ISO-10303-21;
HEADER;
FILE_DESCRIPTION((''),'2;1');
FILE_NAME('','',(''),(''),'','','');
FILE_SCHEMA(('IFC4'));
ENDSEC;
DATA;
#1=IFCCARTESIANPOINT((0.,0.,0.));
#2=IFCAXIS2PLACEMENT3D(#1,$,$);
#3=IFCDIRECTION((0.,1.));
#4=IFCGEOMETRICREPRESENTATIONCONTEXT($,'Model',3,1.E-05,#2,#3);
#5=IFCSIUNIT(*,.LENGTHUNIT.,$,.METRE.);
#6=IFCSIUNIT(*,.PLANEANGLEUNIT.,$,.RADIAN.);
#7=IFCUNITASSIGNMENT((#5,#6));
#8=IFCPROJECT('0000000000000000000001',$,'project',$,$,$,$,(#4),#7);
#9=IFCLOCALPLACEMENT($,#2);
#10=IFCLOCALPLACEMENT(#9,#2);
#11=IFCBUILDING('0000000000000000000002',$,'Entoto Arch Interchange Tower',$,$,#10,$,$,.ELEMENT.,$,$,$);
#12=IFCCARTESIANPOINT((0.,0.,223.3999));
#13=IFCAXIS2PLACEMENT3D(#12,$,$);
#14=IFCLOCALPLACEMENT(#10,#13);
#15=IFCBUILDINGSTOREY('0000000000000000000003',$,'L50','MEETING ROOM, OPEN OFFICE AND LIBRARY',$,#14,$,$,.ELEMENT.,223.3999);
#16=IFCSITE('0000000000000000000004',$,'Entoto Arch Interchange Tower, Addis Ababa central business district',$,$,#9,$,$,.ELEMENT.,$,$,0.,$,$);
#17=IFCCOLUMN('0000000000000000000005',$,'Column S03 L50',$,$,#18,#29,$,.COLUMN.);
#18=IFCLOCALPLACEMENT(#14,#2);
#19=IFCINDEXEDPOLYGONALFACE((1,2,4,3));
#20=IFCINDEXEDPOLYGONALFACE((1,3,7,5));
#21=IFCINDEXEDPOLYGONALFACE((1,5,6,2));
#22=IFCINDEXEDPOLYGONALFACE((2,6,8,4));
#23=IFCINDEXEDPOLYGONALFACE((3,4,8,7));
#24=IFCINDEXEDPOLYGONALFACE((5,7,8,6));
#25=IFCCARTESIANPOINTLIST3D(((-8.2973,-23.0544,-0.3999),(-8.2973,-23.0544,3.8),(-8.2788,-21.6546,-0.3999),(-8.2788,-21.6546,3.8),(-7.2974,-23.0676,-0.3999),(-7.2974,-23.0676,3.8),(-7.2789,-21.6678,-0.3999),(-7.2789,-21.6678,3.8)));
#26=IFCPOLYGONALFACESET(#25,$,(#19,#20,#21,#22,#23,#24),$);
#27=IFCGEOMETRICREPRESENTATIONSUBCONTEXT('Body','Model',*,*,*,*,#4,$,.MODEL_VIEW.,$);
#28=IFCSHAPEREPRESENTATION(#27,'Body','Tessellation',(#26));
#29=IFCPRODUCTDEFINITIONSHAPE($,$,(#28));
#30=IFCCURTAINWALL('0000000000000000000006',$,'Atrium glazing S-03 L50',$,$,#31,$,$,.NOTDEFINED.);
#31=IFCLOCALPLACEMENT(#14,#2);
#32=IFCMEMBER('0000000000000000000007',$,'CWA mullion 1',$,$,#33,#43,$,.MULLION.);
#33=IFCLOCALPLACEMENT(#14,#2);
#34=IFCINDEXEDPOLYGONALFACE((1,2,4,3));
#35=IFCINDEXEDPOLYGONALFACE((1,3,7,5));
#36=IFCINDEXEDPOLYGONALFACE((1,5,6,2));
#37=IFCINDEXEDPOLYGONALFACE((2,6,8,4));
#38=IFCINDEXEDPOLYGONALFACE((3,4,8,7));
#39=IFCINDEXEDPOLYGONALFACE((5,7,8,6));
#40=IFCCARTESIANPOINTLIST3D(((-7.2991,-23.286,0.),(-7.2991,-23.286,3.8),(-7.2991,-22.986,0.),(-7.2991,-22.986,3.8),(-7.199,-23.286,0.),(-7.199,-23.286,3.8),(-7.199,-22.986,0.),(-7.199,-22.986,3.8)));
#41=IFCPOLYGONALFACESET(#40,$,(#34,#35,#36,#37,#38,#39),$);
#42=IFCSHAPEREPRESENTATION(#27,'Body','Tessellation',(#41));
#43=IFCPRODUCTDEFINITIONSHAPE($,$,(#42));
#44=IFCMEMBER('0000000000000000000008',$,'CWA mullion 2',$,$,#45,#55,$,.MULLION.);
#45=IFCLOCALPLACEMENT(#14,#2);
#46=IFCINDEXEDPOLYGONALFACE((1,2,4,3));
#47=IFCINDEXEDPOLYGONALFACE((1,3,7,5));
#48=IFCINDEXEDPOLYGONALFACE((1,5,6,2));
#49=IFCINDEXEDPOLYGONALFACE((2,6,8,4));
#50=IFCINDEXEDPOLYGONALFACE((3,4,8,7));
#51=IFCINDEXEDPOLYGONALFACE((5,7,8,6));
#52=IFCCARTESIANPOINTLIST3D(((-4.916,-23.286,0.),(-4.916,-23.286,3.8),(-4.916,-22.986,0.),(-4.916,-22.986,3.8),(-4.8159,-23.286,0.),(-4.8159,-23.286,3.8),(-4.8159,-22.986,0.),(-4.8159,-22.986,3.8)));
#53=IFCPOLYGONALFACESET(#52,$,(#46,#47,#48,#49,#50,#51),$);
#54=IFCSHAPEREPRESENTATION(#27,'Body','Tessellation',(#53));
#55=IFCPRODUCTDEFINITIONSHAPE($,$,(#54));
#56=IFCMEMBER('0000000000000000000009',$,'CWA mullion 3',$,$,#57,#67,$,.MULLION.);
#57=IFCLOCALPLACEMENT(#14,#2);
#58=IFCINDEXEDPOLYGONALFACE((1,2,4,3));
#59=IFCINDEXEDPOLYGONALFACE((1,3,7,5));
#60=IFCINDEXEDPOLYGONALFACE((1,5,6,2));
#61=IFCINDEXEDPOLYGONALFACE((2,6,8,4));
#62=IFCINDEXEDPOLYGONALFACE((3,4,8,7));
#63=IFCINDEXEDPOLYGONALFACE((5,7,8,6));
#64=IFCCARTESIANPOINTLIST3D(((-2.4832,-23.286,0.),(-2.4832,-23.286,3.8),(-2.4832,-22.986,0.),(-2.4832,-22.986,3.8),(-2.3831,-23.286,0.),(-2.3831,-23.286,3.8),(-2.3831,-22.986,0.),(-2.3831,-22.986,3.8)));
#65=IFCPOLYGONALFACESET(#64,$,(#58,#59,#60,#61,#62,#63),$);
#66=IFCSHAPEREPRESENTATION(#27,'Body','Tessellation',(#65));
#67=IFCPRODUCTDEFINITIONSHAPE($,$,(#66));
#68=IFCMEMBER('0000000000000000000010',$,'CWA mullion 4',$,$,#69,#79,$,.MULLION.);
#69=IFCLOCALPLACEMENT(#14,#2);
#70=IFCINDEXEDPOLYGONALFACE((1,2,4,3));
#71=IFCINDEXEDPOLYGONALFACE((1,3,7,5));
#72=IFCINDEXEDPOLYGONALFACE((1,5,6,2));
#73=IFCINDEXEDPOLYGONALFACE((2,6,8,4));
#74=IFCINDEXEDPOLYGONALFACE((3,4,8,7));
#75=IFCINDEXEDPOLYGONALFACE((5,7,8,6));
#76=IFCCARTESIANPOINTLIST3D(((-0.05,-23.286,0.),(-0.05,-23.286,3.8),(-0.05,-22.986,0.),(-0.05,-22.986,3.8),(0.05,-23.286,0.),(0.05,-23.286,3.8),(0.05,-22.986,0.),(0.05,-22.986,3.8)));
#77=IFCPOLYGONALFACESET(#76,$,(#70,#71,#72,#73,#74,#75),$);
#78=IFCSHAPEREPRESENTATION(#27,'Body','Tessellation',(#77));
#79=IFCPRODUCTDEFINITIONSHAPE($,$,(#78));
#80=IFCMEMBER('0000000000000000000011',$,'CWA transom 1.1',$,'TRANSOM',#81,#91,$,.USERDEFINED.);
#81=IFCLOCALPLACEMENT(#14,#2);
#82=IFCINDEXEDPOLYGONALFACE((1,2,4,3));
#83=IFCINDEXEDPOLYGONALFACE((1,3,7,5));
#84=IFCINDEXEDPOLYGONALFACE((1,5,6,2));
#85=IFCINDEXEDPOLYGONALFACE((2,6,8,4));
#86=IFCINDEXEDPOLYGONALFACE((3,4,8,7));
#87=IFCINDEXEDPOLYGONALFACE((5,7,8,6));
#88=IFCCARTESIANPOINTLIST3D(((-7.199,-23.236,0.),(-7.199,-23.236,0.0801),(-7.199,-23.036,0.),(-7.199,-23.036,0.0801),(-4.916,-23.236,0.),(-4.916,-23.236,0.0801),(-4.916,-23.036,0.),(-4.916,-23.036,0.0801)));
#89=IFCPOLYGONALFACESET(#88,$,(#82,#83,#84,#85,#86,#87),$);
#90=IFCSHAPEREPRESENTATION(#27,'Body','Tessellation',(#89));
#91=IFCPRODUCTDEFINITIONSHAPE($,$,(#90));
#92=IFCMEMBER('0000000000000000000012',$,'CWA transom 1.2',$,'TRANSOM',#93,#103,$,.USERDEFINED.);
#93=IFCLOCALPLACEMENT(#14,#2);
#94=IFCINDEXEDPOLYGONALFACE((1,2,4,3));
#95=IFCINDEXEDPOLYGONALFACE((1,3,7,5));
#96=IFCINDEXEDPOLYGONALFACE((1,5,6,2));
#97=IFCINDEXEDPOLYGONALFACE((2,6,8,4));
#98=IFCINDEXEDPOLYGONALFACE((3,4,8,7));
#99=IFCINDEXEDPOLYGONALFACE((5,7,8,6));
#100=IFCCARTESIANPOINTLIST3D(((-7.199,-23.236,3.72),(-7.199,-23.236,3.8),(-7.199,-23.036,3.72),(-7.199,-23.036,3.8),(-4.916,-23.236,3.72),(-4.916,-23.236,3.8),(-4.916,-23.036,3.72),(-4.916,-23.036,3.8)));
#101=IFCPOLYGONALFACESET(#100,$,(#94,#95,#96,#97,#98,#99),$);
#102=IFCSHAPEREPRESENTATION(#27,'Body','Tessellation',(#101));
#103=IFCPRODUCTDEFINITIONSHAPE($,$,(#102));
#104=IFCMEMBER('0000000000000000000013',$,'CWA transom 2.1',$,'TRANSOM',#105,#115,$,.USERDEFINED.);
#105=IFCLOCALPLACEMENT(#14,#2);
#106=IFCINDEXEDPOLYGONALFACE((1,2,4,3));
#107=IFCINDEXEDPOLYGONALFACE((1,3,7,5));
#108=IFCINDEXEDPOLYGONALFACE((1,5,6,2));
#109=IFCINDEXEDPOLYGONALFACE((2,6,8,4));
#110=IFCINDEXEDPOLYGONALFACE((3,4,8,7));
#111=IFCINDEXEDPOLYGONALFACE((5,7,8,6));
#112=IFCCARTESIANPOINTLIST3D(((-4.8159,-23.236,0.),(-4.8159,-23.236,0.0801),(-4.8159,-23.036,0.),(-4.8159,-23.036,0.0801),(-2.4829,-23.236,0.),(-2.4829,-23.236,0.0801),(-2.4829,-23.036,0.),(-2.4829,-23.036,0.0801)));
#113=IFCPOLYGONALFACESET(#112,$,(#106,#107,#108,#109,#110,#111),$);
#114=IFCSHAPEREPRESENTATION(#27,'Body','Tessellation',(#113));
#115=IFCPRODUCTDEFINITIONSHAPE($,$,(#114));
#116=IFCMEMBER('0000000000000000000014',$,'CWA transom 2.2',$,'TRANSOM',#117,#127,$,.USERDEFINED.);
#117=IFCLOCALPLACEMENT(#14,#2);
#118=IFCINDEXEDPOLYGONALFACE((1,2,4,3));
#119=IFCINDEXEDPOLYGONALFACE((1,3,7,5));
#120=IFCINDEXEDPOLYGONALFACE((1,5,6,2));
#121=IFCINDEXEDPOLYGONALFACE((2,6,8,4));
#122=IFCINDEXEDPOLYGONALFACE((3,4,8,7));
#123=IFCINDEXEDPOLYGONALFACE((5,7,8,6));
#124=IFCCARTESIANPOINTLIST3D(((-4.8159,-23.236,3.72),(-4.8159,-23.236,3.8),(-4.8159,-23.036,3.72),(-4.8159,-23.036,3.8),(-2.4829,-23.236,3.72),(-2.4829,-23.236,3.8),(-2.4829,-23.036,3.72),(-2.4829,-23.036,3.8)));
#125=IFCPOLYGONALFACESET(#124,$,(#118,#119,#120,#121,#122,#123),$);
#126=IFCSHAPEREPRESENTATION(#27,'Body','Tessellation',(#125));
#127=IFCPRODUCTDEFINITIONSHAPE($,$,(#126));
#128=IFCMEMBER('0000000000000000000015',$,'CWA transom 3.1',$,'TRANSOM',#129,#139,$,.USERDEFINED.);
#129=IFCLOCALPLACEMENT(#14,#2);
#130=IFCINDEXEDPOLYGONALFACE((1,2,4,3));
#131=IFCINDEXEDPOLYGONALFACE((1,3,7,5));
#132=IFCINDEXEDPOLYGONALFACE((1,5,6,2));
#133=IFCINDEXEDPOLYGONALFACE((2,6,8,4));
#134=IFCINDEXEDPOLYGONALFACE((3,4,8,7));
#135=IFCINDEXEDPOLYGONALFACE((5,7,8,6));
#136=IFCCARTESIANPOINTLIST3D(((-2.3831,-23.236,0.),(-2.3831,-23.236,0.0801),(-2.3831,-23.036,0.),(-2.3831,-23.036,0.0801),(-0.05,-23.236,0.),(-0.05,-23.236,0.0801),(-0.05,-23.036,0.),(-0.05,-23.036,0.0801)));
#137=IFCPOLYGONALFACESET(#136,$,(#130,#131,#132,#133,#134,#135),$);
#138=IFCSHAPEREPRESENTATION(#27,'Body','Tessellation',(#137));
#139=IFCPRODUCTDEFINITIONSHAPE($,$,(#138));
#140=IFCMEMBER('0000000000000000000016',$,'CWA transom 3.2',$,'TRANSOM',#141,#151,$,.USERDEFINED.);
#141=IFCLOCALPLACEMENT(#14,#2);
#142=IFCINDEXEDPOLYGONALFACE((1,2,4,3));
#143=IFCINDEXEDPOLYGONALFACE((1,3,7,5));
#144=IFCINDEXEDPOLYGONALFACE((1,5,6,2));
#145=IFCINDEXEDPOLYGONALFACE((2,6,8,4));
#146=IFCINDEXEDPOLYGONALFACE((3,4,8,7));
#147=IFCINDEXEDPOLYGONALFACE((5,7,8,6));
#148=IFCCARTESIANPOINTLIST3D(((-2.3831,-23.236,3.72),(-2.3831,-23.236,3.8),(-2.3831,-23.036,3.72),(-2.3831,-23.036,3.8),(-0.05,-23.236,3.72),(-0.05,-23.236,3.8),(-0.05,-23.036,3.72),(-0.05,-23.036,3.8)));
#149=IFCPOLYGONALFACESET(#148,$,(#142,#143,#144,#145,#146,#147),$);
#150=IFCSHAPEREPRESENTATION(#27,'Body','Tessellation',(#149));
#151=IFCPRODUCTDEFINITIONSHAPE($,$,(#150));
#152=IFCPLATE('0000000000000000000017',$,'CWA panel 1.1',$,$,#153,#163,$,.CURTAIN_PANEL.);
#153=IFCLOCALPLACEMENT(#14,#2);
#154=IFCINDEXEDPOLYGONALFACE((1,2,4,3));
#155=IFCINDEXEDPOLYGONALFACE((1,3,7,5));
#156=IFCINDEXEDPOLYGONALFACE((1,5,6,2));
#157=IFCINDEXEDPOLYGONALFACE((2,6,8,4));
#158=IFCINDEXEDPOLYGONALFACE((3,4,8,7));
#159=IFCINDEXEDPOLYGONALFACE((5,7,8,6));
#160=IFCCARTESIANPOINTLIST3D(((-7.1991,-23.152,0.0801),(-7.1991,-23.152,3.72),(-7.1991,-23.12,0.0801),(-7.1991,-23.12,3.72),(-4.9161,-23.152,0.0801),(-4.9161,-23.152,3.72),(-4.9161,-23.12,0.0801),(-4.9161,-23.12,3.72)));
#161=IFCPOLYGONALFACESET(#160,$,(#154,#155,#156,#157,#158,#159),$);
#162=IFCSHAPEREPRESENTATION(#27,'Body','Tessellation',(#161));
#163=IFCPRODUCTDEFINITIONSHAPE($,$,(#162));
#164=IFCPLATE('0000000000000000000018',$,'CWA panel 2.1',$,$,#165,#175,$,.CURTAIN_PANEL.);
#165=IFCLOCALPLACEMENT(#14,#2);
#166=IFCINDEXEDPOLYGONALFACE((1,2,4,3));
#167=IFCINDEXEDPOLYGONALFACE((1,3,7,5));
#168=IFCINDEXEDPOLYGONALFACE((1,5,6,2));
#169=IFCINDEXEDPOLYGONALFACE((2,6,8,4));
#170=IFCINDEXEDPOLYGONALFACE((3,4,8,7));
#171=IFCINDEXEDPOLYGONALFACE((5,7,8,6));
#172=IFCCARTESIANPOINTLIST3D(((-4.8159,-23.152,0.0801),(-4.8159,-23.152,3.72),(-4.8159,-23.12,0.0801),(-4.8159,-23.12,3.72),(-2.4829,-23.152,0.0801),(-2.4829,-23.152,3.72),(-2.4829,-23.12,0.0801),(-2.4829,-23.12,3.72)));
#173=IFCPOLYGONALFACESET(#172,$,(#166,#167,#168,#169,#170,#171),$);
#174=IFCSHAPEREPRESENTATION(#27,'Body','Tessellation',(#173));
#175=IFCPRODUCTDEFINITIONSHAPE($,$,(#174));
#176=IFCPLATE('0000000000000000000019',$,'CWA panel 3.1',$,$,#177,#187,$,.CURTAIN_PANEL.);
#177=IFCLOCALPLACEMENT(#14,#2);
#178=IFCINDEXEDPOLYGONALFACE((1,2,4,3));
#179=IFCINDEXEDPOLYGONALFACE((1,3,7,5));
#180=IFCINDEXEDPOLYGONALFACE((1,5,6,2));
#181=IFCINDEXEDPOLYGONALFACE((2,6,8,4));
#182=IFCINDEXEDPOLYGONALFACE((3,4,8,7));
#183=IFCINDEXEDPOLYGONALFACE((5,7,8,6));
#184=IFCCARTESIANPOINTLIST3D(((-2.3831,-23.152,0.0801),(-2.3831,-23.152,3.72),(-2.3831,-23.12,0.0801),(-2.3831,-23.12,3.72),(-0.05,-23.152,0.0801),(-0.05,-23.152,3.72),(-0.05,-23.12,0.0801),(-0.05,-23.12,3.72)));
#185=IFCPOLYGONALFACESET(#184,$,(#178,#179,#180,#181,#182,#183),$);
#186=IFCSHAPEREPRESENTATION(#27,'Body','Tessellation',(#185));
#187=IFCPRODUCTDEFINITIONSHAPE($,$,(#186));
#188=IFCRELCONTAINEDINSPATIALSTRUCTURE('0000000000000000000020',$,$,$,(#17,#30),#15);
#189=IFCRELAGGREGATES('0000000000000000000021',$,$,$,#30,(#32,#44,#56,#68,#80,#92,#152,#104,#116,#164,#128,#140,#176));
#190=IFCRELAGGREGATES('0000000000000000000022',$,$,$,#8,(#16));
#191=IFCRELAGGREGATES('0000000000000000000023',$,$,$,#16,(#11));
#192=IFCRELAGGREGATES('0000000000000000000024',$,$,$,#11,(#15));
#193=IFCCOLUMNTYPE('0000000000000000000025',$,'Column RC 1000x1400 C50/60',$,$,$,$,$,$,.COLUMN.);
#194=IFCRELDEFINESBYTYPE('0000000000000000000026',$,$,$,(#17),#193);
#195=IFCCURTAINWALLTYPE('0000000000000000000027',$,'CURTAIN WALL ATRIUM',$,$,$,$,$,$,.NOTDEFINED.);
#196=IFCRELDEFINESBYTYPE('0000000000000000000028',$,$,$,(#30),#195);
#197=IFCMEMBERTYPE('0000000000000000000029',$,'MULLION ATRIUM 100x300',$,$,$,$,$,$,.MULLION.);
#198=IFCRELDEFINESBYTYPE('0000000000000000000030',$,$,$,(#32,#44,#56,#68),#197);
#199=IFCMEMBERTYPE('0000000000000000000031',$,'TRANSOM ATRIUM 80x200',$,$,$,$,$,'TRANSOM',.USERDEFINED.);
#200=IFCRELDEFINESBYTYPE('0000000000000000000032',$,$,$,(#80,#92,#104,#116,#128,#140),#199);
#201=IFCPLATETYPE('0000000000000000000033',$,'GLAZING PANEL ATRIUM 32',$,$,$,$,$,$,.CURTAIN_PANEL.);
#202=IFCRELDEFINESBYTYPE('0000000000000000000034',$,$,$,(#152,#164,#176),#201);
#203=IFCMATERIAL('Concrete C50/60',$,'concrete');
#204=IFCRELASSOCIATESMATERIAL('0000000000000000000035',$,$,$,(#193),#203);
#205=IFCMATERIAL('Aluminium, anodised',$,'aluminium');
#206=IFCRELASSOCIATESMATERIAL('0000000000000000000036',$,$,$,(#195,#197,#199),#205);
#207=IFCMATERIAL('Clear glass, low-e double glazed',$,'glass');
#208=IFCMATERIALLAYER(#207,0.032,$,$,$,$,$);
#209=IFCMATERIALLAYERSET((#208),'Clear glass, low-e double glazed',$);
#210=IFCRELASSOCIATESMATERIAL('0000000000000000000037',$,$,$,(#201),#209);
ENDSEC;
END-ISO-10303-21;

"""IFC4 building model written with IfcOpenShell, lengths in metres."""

from ifc_helpers import new_model, si_unit, direction, frame, origin, origin_2d, place, context, subcontext, project, spatial, rectangle, extrude, material, layer, layer_set, material_profile, profile_set, type_object, element, aggregate, save


model = new_model("IFC4")

# Units and contexts
model_context = context("Model", 3, precision=1e-05, world=origin(), true_north=direction((0.0, 1.0)))
body_context = subcontext(model_context, "Body", "Model", "MODEL_VIEW")
ifc_project = project(units=[si_unit("LENGTHUNIT", "METRE"), si_unit("PLANEANGLEUNIT", "RADIAN")], contexts=[model_context])

# Site, building, storey
site_placement = place(None, origin())
site = spatial("IfcSite", under=ifc_project, at=site_placement, Name="Entoto Arch Interchange Tower, Addis Ababa central business district", CompositionType="ELEMENT", RefElevation=0.0)
building_placement = place(site_placement, origin())
building = spatial("IfcBuilding", under=site, at=building_placement, Name="Entoto Arch Interchange Tower", CompositionType="ELEMENT")
storey_placement = place(building_placement, frame((0.0, 0.0, 223.3999)))
storey = spatial("IfcBuildingStorey", under=building, at=storey_placement, Name="L50", Description="MEETING ROOM, OPEN OFFICE AND LIBRARY", CompositionType="ELEMENT", Elevation=223.3999)

# Column
ifc_material_1 = material(Name="Concrete C50/60", Category="concrete")
ifc_material_profile_1 = material_profile(ifc_material_1, rectangle(XDim=1.0, YDim=1.3999, at=origin_2d()))
ifc_profile_set_1 = profile_set([ifc_material_profile_1], Name="Concrete C50/60")
column_type = type_object("IfcColumnType", Name="Column RC 1000x1400 C50/60", PredefinedType="COLUMN", material=ifc_profile_set_1)
column_placement = place(storey_placement, frame((-7.7881, -22.3611, -0.3999), z_axis=(0.0, 0.0, 1.0), x_axis=(-0.999913, 0.013177, 0.0)))
element("IfcColumn", 1, at=column_placement, inside=storey, type_object=column_type, Name="Column S03 L50", PredefinedType="COLUMN", context=body_context, shape_type="SweptSolid", body=[
    extrude(rectangle(XDim=1.0, YDim=1.3999, at=origin_2d()), origin(), (0.0, 0.0, 1.0), 4.2),
])

# Curtain wall, members, plates
ifc_material_2 = material(Name="Aluminium, anodised", Category="aluminium")
curtain_wall_type = type_object("IfcCurtainWallType", Name="CURTAIN WALL ATRIUM", PredefinedType="NOTDEFINED", material=ifc_material_2)
curtain_wall_placement = place(storey_placement, origin())
curtain_wall = element("IfcCurtainWall", 2, at=curtain_wall_placement, inside=storey, type_object=curtain_wall_type, Name="Atrium glazing S-03 L50", PredefinedType="NOTDEFINED")
ifc_material_profile_2 = material_profile(ifc_material_2, rectangle(XDim=0.3, YDim=0.1001, at=origin_2d()))
ifc_profile_set_2 = profile_set([ifc_material_profile_2], Name="Aluminium, anodised")
member_type_1 = type_object("IfcMemberType", Name="MULLION ATRIUM 100x300", PredefinedType="MULLION", material=ifc_profile_set_2)
member_1_placement = place(storey_placement, frame((-7.249, -23.136, 0.0), z_axis=(0.0, 0.0, 1.0), x_axis=(0.0, 1.0, 0.0)))
member_1 = element("IfcMember", 3, at=member_1_placement, type_object=member_type_1, Name="CWA mullion 1", PredefinedType="MULLION", context=body_context, shape_type="SweptSolid", body=[
    extrude(rectangle(XDim=0.3, YDim=0.1001, at=origin_2d()), origin(), (0.0, 0.0, 1.0), 3.8),
])
member_2_placement = place(storey_placement, frame((-4.866, -23.136, 0.0), z_axis=(0.0, 0.0, 1.0), x_axis=(0.0, 1.0, 0.0)))
member_2 = element("IfcMember", 4, at=member_2_placement, type_object=member_type_1, Name="CWA mullion 2", PredefinedType="MULLION", context=body_context, shape_type="SweptSolid", body=[
    extrude(rectangle(XDim=0.3, YDim=0.1001, at=origin_2d()), origin(), (0.0, 0.0, 1.0), 3.8),
])
member_3_placement = place(storey_placement, frame((-2.4331, -23.136, 0.0), z_axis=(0.0, 0.0, 1.0), x_axis=(0.0, 1.0, 0.0)))
member_3 = element("IfcMember", 5, at=member_3_placement, type_object=member_type_1, Name="CWA mullion 3", PredefinedType="MULLION", context=body_context, shape_type="SweptSolid", body=[
    extrude(rectangle(XDim=0.3, YDim=0.1001, at=origin_2d()), origin(), (0.0, 0.0, 1.0), 3.8),
])
member_4_placement = place(storey_placement, frame((0.0, -23.136, 0.0), z_axis=(0.0, 0.0, 1.0), x_axis=(0.0, 1.0, 0.0)))
member_4 = element("IfcMember", 6, at=member_4_placement, type_object=member_type_1, Name="CWA mullion 4", PredefinedType="MULLION", context=body_context, shape_type="SweptSolid", body=[
    extrude(rectangle(XDim=0.3, YDim=0.1001, at=origin_2d()), origin(), (0.0, 0.0, 1.0), 3.8),
])
ifc_material_profile_3 = material_profile(ifc_material_2, rectangle(XDim=0.2, YDim=0.0801, at=origin_2d()))
ifc_profile_set_3 = profile_set([ifc_material_profile_3], Name="Aluminium, anodised")
member_type_2 = type_object("IfcMemberType", Name="TRANSOM ATRIUM 80x200", ElementType="TRANSOM", PredefinedType="USERDEFINED", material=ifc_profile_set_3)
member_5_placement = place(storey_placement, frame((-7.199, -23.136, 0.04), z_axis=(1.0, 0.0, 0.0), x_axis=(0.0, 1.0, 0.0)))
member_5 = element("IfcMember", 7, at=member_5_placement, type_object=member_type_2, Name="CWA transom 1.1", ObjectType="TRANSOM", PredefinedType="USERDEFINED", context=body_context, shape_type="SweptSolid", body=[
    extrude(rectangle(XDim=0.2, YDim=0.0801, at=origin_2d()), origin(), (0.0, 0.0, 1.0), 2.283),
])
member_6_placement = place(storey_placement, frame((-7.199, -23.136, 3.76), z_axis=(1.0, 0.0, 0.0), x_axis=(0.0, 1.0, 0.0)))
member_6 = element("IfcMember", 8, at=member_6_placement, type_object=member_type_2, Name="CWA transom 1.2", ObjectType="TRANSOM", PredefinedType="USERDEFINED", context=body_context, shape_type="SweptSolid", body=[
    extrude(rectangle(XDim=0.2, YDim=0.0801, at=origin_2d()), origin(), (0.0, 0.0, 1.0), 2.283),
])
member_7_placement = place(storey_placement, frame((-4.8159, -23.136, 0.04), z_axis=(1.0, 0.0, 0.0), x_axis=(0.0, 1.0, 0.0)))
member_7 = element("IfcMember", 9, at=member_7_placement, type_object=member_type_2, Name="CWA transom 2.1", ObjectType="TRANSOM", PredefinedType="USERDEFINED", context=body_context, shape_type="SweptSolid", body=[
    extrude(rectangle(XDim=0.2, YDim=0.0801, at=origin_2d()), origin(), (0.0, 0.0, 1.0), 2.333),
])
member_8_placement = place(storey_placement, frame((-4.8159, -23.136, 3.76), z_axis=(1.0, 0.0, 0.0), x_axis=(0.0, 1.0, 0.0)))
member_8 = element("IfcMember", 10, at=member_8_placement, type_object=member_type_2, Name="CWA transom 2.2", ObjectType="TRANSOM", PredefinedType="USERDEFINED", context=body_context, shape_type="SweptSolid", body=[
    extrude(rectangle(XDim=0.2, YDim=0.0801, at=origin_2d()), origin(), (0.0, 0.0, 1.0), 2.333),
])
member_9_placement = place(storey_placement, frame((-2.3831, -23.136, 0.04), z_axis=(1.0, 0.0, 0.0), x_axis=(0.0, 1.0, 0.0)))
member_9 = element("IfcMember", 11, at=member_9_placement, type_object=member_type_2, Name="CWA transom 3.1", ObjectType="TRANSOM", PredefinedType="USERDEFINED", context=body_context, shape_type="SweptSolid", body=[
    extrude(rectangle(XDim=0.2, YDim=0.0801, at=origin_2d()), origin(), (0.0, 0.0, 1.0), 2.333),
])
member_10_placement = place(storey_placement, frame((-2.3831, -23.136, 3.76), z_axis=(1.0, 0.0, 0.0), x_axis=(0.0, 1.0, 0.0)))
member_10 = element("IfcMember", 12, at=member_10_placement, type_object=member_type_2, Name="CWA transom 3.2", ObjectType="TRANSOM", PredefinedType="USERDEFINED", context=body_context, shape_type="SweptSolid", body=[
    extrude(rectangle(XDim=0.2, YDim=0.0801, at=origin_2d()), origin(), (0.0, 0.0, 1.0), 2.333),
])
ifc_material_3 = material(Name="Clear glass, low-e double glazed", Category="glass")
ifc_layer_1 = layer(ifc_material_3, 0.032)
ifc_layer_set_1 = layer_set([ifc_layer_1], Name="Clear glass, low-e double glazed")
plate_type = type_object("IfcPlateType", Name="GLAZING PANEL ATRIUM 32", PredefinedType="CURTAIN_PANEL", material=ifc_layer_set_1)
plate_1_placement = place(storey_placement, frame((-6.0576, -23.136, 0.0801), z_axis=(0.0, 0.0, 1.0), x_axis=(1.0, 0.0, 0.0)))
plate_1 = element("IfcPlate", 13, at=plate_1_placement, type_object=plate_type, Name="CWA panel 1.1", PredefinedType="CURTAIN_PANEL", context=body_context, shape_type="SweptSolid", body=[
    extrude(rectangle(XDim=2.283, YDim=0.032, at=origin_2d()), origin(), (0.0, 0.0, 1.0), 3.6399),
])
plate_2_placement = place(storey_placement, frame((-3.6494, -23.136, 0.0801), z_axis=(0.0, 0.0, 1.0), x_axis=(1.0, 0.0, 0.0)))
plate_2 = element("IfcPlate", 14, at=plate_2_placement, type_object=plate_type, Name="CWA panel 2.1", PredefinedType="CURTAIN_PANEL", context=body_context, shape_type="SweptSolid", body=[
    extrude(rectangle(XDim=2.333, YDim=0.032, at=origin_2d()), origin(), (0.0, 0.0, 1.0), 3.6399),
])
plate_3_placement = place(storey_placement, frame((-1.2166, -23.136, 0.0801), z_axis=(0.0, 0.0, 1.0), x_axis=(1.0, 0.0, 0.0)))
plate_3 = element("IfcPlate", 15, at=plate_3_placement, type_object=plate_type, Name="CWA panel 3.1", PredefinedType="CURTAIN_PANEL", context=body_context, shape_type="SweptSolid", body=[
    extrude(rectangle(XDim=2.333, YDim=0.032, at=origin_2d()), origin(), (0.0, 0.0, 1.0), 3.6399),
])
aggregate(curtain_wall, [member_1, member_2, member_3, member_4, member_5, member_6, plate_1, member_7, member_8, plate_2, member_9, member_10, plate_3])

save(model, "model.ifc")
